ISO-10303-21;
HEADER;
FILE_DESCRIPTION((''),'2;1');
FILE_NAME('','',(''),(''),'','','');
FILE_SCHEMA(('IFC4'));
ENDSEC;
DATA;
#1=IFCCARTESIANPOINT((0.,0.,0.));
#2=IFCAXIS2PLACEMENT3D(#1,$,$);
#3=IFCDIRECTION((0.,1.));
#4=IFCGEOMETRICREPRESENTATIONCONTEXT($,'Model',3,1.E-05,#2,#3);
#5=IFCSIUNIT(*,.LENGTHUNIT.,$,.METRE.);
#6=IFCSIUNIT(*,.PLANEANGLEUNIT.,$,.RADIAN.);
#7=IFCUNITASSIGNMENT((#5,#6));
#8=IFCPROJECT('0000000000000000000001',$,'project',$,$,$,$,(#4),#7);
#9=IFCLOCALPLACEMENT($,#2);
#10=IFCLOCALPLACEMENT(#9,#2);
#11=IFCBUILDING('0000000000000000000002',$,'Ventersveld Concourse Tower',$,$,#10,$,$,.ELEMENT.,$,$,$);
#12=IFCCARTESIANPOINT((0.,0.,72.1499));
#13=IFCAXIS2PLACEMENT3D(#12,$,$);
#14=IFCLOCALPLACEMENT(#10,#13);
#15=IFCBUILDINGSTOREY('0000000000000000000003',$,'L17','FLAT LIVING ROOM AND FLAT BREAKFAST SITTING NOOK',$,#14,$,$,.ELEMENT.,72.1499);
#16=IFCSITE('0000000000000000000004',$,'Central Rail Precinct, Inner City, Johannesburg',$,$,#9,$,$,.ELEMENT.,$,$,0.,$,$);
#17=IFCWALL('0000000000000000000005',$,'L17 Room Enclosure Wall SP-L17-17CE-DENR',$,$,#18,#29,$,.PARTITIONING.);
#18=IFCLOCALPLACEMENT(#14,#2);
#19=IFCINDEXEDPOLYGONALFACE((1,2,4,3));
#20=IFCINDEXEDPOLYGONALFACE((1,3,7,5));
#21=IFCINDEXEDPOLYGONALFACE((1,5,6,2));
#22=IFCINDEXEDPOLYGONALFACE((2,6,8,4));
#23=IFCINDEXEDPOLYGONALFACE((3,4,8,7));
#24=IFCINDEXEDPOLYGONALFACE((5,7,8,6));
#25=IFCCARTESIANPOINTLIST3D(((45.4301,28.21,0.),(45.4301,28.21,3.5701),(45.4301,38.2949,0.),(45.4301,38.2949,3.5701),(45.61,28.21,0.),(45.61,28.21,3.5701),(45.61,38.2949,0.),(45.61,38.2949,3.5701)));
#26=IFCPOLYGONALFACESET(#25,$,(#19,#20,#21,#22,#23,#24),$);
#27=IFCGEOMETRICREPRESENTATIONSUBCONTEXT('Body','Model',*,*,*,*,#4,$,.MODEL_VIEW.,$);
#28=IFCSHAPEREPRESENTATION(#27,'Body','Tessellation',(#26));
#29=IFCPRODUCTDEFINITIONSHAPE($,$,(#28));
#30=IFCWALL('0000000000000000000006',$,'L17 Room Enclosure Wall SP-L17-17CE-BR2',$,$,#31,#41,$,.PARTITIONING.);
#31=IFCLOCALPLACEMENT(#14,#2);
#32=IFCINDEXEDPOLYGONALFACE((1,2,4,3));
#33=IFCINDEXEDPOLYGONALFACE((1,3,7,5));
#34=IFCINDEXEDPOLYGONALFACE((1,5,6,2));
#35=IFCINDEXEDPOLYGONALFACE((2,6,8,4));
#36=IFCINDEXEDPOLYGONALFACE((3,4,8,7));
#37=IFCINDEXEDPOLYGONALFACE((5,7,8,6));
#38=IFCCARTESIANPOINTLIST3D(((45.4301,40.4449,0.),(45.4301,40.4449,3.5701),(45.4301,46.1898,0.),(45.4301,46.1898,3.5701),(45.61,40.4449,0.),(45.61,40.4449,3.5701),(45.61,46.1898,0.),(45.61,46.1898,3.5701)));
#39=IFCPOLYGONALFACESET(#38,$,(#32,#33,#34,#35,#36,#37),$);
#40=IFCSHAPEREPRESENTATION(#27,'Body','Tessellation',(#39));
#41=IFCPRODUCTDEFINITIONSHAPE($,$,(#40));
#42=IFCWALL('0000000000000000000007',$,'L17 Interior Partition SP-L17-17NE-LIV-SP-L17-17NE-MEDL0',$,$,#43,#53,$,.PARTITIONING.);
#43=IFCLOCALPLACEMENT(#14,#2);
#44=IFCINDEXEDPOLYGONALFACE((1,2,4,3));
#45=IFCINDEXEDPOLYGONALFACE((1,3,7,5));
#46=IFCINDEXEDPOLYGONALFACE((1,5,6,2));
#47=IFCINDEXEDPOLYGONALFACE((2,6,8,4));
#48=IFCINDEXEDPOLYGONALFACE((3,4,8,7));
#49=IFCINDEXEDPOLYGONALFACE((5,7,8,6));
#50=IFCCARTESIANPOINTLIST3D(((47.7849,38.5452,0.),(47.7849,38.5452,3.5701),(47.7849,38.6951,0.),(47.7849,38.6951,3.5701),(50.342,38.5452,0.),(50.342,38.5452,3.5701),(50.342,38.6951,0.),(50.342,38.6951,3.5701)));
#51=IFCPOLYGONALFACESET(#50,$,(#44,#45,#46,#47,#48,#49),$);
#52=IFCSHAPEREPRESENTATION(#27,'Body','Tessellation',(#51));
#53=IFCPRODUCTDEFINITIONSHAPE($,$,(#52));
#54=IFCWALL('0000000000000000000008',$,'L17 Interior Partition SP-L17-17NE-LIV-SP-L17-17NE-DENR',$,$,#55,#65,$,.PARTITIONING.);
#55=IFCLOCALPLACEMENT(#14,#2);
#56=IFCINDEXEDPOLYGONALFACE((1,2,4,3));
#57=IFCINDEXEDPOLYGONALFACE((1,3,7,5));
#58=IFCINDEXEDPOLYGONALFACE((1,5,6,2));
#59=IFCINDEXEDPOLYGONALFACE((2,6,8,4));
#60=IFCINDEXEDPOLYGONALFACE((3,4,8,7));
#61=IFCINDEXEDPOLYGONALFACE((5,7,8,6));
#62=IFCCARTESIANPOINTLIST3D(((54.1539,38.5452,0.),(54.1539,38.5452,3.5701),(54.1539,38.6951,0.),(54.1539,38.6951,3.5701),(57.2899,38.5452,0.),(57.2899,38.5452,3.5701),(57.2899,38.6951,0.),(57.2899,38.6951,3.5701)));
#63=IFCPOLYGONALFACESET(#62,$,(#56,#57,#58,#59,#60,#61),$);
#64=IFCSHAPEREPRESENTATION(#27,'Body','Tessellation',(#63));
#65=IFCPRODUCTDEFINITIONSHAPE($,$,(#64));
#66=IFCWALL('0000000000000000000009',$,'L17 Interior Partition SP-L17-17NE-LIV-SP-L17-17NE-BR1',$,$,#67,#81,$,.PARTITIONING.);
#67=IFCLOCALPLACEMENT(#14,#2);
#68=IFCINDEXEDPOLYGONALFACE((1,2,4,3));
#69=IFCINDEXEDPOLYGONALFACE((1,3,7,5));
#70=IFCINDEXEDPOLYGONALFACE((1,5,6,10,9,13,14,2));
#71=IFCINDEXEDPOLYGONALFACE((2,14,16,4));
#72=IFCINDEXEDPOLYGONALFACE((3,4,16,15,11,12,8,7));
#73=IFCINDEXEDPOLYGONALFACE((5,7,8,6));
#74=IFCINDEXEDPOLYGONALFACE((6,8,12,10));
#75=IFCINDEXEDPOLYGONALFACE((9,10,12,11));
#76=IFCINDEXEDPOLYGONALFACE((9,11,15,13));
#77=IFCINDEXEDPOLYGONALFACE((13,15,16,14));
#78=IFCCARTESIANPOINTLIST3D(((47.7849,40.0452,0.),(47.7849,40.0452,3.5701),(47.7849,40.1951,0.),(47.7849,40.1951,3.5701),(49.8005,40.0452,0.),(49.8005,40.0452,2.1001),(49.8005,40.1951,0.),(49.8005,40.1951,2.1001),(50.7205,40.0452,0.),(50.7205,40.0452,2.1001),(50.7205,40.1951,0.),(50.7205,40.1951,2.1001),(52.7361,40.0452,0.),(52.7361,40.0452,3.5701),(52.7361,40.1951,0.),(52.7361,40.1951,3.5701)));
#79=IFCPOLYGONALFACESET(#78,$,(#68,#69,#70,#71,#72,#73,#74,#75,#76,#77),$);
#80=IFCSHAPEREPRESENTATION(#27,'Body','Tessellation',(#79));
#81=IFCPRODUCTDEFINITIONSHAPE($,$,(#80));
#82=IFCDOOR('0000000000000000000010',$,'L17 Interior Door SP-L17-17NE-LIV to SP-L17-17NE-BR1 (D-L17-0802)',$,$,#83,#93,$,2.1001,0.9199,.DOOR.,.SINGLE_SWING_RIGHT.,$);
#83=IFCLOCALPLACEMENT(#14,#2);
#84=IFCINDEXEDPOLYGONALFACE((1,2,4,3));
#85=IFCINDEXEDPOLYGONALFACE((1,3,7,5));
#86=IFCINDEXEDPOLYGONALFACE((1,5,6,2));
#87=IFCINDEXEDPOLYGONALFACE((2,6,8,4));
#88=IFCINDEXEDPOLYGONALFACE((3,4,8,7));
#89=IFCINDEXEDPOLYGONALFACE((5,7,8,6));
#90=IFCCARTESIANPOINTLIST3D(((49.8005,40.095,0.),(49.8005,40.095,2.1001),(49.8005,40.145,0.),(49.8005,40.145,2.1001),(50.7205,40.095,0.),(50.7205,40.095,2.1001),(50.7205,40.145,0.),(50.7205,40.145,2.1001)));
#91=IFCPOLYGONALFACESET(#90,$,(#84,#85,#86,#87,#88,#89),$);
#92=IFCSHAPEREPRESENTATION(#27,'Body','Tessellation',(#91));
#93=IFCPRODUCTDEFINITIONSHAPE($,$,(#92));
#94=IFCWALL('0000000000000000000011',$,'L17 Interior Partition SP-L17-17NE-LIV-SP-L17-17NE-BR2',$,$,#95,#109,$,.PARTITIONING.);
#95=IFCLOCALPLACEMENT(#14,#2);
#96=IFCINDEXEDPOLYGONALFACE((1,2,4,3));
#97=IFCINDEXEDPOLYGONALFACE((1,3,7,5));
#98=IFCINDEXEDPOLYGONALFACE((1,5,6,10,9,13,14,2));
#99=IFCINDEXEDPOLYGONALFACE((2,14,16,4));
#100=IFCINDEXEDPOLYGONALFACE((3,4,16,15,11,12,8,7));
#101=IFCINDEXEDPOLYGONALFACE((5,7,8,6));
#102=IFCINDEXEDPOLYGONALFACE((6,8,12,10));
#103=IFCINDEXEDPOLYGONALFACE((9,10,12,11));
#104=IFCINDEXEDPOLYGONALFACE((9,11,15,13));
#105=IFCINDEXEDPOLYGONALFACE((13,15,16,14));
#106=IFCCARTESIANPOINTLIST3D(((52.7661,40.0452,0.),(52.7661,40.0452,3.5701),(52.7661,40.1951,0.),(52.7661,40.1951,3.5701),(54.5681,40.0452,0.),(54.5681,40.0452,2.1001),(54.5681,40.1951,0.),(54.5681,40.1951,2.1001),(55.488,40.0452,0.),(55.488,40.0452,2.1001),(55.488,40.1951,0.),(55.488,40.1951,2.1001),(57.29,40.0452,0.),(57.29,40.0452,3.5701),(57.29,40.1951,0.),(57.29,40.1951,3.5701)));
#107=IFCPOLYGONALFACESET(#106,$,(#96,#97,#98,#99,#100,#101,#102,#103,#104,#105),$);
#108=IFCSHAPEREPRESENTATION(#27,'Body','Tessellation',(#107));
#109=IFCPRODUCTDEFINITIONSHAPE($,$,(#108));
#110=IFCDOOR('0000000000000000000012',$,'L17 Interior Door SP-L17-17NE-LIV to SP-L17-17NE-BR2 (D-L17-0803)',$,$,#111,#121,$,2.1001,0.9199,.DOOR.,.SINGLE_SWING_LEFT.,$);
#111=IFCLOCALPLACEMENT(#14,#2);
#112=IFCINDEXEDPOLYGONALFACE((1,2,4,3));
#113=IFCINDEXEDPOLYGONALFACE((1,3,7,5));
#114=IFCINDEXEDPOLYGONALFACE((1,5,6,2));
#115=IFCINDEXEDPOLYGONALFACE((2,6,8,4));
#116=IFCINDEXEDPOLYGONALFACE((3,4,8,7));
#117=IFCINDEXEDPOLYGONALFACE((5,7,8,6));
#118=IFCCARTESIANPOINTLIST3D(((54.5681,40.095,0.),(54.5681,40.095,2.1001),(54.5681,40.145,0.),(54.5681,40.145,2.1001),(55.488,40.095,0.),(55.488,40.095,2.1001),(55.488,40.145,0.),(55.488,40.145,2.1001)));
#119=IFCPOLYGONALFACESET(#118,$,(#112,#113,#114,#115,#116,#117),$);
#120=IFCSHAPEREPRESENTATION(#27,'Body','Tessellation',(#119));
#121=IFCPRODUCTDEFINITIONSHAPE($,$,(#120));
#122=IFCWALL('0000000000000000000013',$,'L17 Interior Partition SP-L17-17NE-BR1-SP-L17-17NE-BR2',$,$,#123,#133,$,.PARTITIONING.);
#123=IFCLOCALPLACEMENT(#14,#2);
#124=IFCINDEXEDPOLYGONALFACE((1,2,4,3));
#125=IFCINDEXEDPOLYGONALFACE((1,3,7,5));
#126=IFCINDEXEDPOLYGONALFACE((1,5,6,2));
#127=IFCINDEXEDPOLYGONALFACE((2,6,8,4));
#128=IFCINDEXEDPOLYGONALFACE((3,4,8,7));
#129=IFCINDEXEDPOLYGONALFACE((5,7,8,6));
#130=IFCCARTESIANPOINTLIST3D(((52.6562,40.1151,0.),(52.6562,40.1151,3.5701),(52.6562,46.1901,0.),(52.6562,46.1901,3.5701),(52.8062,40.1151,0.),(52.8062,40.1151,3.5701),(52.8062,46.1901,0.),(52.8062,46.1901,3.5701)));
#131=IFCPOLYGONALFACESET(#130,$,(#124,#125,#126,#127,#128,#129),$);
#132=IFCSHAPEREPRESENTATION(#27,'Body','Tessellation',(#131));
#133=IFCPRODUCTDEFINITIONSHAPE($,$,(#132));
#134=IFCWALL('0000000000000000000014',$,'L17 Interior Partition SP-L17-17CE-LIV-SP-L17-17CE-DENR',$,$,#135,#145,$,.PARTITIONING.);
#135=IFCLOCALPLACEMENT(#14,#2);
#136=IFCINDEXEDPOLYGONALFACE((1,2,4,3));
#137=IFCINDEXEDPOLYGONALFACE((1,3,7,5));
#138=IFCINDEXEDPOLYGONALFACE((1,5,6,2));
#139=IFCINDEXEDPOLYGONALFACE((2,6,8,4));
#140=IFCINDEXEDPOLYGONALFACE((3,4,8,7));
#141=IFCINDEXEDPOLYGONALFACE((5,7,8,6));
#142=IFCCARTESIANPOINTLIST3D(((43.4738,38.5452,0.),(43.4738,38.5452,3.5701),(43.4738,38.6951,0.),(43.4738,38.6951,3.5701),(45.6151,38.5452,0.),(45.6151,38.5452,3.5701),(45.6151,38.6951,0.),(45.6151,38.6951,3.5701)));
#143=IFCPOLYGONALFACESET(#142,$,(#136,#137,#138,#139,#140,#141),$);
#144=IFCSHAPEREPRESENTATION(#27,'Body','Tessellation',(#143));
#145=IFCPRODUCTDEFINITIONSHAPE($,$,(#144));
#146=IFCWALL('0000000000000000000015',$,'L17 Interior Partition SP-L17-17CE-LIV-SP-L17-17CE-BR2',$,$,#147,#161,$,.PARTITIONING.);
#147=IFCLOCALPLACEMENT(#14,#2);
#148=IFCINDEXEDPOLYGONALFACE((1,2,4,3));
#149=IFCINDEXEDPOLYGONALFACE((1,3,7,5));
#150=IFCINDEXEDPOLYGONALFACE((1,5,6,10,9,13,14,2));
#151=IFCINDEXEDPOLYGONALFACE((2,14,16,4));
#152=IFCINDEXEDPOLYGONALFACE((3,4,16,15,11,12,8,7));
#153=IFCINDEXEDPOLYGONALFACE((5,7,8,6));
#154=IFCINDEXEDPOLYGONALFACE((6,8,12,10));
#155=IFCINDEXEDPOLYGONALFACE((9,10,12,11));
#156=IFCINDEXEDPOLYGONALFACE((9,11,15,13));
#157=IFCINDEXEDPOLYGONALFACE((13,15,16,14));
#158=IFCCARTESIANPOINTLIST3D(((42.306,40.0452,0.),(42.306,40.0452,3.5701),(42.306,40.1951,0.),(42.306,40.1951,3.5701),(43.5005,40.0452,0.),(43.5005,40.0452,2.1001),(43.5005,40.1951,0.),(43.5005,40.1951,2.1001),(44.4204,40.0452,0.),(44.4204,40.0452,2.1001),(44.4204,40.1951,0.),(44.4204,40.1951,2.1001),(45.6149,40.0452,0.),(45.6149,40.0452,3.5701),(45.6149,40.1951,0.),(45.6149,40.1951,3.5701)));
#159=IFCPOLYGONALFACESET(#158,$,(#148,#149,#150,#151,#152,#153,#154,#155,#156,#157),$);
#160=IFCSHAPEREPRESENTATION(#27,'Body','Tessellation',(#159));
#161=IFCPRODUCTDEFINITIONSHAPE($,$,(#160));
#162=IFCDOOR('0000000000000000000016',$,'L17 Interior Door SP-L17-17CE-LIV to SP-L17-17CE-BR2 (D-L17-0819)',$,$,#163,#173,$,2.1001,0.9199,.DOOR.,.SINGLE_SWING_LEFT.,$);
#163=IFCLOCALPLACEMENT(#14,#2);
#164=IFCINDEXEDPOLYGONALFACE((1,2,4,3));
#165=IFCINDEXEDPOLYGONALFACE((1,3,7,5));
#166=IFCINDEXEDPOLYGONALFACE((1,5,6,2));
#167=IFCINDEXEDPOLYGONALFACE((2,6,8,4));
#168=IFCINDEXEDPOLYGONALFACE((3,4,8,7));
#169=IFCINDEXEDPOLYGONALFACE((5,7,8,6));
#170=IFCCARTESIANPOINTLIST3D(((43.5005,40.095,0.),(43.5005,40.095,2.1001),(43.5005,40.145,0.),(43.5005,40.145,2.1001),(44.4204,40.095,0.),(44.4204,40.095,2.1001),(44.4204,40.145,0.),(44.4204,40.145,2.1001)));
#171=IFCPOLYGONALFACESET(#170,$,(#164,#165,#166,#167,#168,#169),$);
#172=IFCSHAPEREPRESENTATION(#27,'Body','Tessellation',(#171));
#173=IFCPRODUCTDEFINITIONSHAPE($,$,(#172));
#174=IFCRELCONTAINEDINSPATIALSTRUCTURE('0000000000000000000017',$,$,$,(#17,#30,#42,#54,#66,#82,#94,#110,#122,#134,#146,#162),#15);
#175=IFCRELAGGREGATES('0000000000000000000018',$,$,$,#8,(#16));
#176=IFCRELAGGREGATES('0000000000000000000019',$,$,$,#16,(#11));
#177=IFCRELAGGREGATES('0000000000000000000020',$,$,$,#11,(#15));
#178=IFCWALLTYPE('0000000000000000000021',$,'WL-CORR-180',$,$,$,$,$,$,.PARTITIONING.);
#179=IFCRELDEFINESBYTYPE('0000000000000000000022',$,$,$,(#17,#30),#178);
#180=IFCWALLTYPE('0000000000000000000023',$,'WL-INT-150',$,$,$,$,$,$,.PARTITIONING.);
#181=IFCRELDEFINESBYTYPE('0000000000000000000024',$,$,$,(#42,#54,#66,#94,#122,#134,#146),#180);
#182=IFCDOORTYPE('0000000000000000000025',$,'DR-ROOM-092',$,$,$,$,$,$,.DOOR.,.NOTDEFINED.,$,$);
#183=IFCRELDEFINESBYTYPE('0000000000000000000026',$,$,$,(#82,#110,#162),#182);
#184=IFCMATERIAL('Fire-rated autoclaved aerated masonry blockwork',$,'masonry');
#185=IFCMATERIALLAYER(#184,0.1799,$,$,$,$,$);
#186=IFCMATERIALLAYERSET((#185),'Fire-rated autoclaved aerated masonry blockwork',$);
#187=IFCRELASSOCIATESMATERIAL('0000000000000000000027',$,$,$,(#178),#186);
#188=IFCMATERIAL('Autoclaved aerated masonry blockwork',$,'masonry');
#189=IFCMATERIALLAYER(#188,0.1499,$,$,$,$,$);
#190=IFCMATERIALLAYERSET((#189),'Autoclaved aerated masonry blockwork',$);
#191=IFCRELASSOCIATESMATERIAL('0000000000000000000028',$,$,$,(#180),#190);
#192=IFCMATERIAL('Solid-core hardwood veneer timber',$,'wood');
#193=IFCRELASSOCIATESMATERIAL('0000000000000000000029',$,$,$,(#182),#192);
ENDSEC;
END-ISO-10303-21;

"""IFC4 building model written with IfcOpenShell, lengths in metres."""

from ifc_helpers import new_model, si_unit, direction, frame, frame_2d, origin, place, context, subcontext, project, spatial, rectangle, extrude, material, layer, layer_set, type_object, element, fill, save


model = new_model("IFC4")

# Units and contexts
model_context = context("Model", 3, precision=1e-05, world=origin(), true_north=direction((0.0, 1.0)))
body_context = subcontext(model_context, "Body", "Model", "MODEL_VIEW")
ifc_project = project(units=[si_unit("LENGTHUNIT", "METRE"), si_unit("PLANEANGLEUNIT", "RADIAN")], contexts=[model_context])

# Site, building, storey
site_placement = place(None, origin())
site = spatial("IfcSite", under=ifc_project, at=site_placement, Name="Central Rail Precinct, Inner City, Johannesburg", CompositionType="ELEMENT", RefElevation=0.0)
building_placement = place(site_placement, origin())
building = spatial("IfcBuilding", under=site, at=building_placement, Name="Ventersveld Concourse Tower", CompositionType="ELEMENT")
storey_placement = place(building_placement, frame((0.0, 0.0, 72.1499)))
storey = spatial("IfcBuildingStorey", under=building, at=storey_placement, Name="L17", Description="FLAT LIVING ROOM AND FLAT BREAKFAST SITTING NOOK", CompositionType="ELEMENT", Elevation=72.1499)

# Walls
ifc_material_1 = material(Name="Fire-rated autoclaved aerated masonry blockwork", Category="masonry")
ifc_layer_1 = layer(ifc_material_1, 0.1799)
ifc_layer_set_1 = layer_set([ifc_layer_1], Name="Fire-rated autoclaved aerated masonry blockwork")
wall_type_1 = type_object("IfcWallType", Name="WL-CORR-180", PredefinedType="PARTITIONING", material=ifc_layer_set_1)
wall_1_placement = place(storey_placement, frame((45.52, 38.2949, 0.0), z_axis=(0.0, 0.0, 1.0), x_axis=(0.0, -1.0, 0.0)))
element("IfcWall", 1, at=wall_1_placement, inside=storey, type_object=wall_type_1, Name="L17 Room Enclosure Wall SP-L17-17CE-DENR", PredefinedType="PARTITIONING", context=body_context, shape_type="SweptSolid", body=[
    extrude(rectangle(XDim=10.085, YDim=0.1799, at=frame_2d((5.0425, 0.0))), origin(), (0.0, 0.0, 1.0), 3.5701),
])
wall_2_placement = place(storey_placement, frame((45.52, 46.1899, 0.0), z_axis=(0.0, 0.0, 1.0), x_axis=(0.0, -1.0, 0.0)))
element("IfcWall", 2, at=wall_2_placement, inside=storey, type_object=wall_type_1, Name="L17 Room Enclosure Wall SP-L17-17CE-BR2", PredefinedType="PARTITIONING", context=body_context, shape_type="SweptSolid", body=[
    extrude(rectangle(XDim=5.7449, YDim=0.1799, at=frame_2d((2.8726, 0.0))), origin(), (0.0, 0.0, 1.0), 3.5701),
])
ifc_material_2 = material(Name="Autoclaved aerated masonry blockwork", Category="masonry")
ifc_layer_2 = layer(ifc_material_2, 0.1499)
ifc_layer_set_2 = layer_set([ifc_layer_2], Name="Autoclaved aerated masonry blockwork")
wall_type_2 = type_object("IfcWallType", Name="WL-INT-150", PredefinedType="PARTITIONING", material=ifc_layer_set_2)
wall_3_placement = place(storey_placement, frame((47.7849, 38.6201, 0.0), z_axis=(0.0, 0.0, 1.0), x_axis=(1.0, 0.0, 0.0)))
element("IfcWall", 3, at=wall_3_placement, inside=storey, type_object=wall_type_2, Name="L17 Interior Partition SP-L17-17NE-LIV-SP-L17-17NE-MEDL0", PredefinedType="PARTITIONING", context=body_context, shape_type="SweptSolid", body=[
    extrude(rectangle(XDim=2.5571, YDim=0.1499, at=frame_2d((1.2786, 0.0))), origin(), (0.0, 0.0, 1.0), 3.5701),
])
wall_4_placement = place(storey_placement, frame((54.1541, 38.6201, 0.0), z_axis=(0.0, 0.0, 1.0), x_axis=(1.0, 0.0, 0.0)))
element("IfcWall", 4, at=wall_4_placement, inside=storey, type_object=wall_type_2, Name="L17 Interior Partition SP-L17-17NE-LIV-SP-L17-17NE-DENR", PredefinedType="PARTITIONING", context=body_context, shape_type="SweptSolid", body=[
    extrude(rectangle(XDim=3.136, YDim=0.1499, at=frame_2d((1.5679, 0.0))), origin(), (0.0, 0.0, 1.0), 3.5701),
])

# Walls, openings, doors
wall_5_placement = place(storey_placement, frame((47.7849, 40.1201, 0.0), z_axis=(0.0, 0.0, 1.0), x_axis=(1.0, 0.0, 0.0)))
wall_5 = element("IfcWall", 5, at=wall_5_placement, inside=storey, type_object=wall_type_2, Name="L17 Interior Partition SP-L17-17NE-LIV-SP-L17-17NE-BR1", PredefinedType="PARTITIONING", context=body_context, shape_type="SweptSolid", body=[
    extrude(rectangle(XDim=4.9512, YDim=0.1499, at=frame_2d((2.4756, 0.0))), origin(), (0.0, 0.0, 1.0), 3.5701),
])
opening_1_placement = place(wall_5_placement, frame((2.0156, 0.0, 0.0)))
opening_1 = element("IfcOpeningElement", 6, at=opening_1_placement, cuts=wall_5, PredefinedType="OPENING", context=body_context, shape_type="SweptSolid", body=[
    extrude(rectangle(XDim=0.9199, YDim=2.1001, at=frame_2d((0.46, 1.05))), frame((0.0, 0.085, 0.0), z_axis=(0.0, -1.0, 0.0), x_axis=(1.0, 0.0, 0.0)), (0.0, 0.0, 1.0), 0.1699),
])
ifc_material_3 = material(Name="Solid-core hardwood veneer timber", Category="wood")
door_type = type_object("IfcDoorType", Name="DR-ROOM-092", OperationType="NOTDEFINED", PredefinedType="DOOR", material=ifc_material_3)
door_1_placement = place(opening_1_placement, origin())
door_1 = element("IfcDoor", 7, at=door_1_placement, inside=storey, type_object=door_type, Name="L17 Interior Door SP-L17-17NE-LIV to SP-L17-17NE-BR1 (D-L17-0802)", OperationType="SINGLE_SWING_RIGHT", OverallHeight=2.1001, OverallWidth=0.9199, PredefinedType="DOOR", context=body_context, shape_type="SweptSolid", body=[
    extrude(rectangle(XDim=0.9199, YDim=2.1001, at=frame_2d((0.46, 1.05))), frame((0.0, 0.0249, 0.0), z_axis=(0.0, -1.0, 0.0), x_axis=(1.0, 0.0, 0.0)), (0.0, 0.0, 1.0), 0.05),
])
fill(opening_1, door_1)
wall_6_placement = place(storey_placement, frame((52.7661, 40.1201, 0.0), z_axis=(0.0, 0.0, 1.0), x_axis=(1.0, 0.0, 0.0)))
wall_6 = element("IfcWall", 8, at=wall_6_placement, inside=storey, type_object=wall_type_2, Name="L17 Interior Partition SP-L17-17NE-LIV-SP-L17-17NE-BR2", PredefinedType="PARTITIONING", context=body_context, shape_type="SweptSolid", body=[
    extrude(rectangle(XDim=4.5239, YDim=0.1499, at=frame_2d((2.262, 0.0))), origin(), (0.0, 0.0, 1.0), 3.5701),
])
opening_2_placement = place(wall_6_placement, frame((1.802, 0.0, 0.0)))
opening_2 = element("IfcOpeningElement", 9, at=opening_2_placement, cuts=wall_6, PredefinedType="OPENING", context=body_context, shape_type="SweptSolid", body=[
    extrude(rectangle(XDim=0.9199, YDim=2.1001, at=frame_2d((0.46, 1.05))), frame((0.0, 0.085, 0.0), z_axis=(0.0, -1.0, 0.0), x_axis=(1.0, 0.0, 0.0)), (0.0, 0.0, 1.0), 0.1699),
])
door_2_placement = place(opening_2_placement, origin())
door_2 = element("IfcDoor", 10, at=door_2_placement, inside=storey, type_object=door_type, Name="L17 Interior Door SP-L17-17NE-LIV to SP-L17-17NE-BR2 (D-L17-0803)", OperationType="SINGLE_SWING_LEFT", OverallHeight=2.1001, OverallWidth=0.9199, PredefinedType="DOOR", context=body_context, shape_type="SweptSolid", body=[
    extrude(rectangle(XDim=0.9199, YDim=2.1001, at=frame_2d((0.46, 1.05))), frame((0.0, 0.0249, 0.0), z_axis=(0.0, -1.0, 0.0), x_axis=(1.0, 0.0, 0.0)), (0.0, 0.0, 1.0), 0.05),
])
fill(opening_2, door_2)

# Walls
wall_7_placement = place(storey_placement, frame((52.7312, 40.115, 0.0), z_axis=(0.0, 0.0, 1.0), x_axis=(0.0, 1.0, 0.0)))
element("IfcWall", 11, at=wall_7_placement, inside=storey, type_object=wall_type_2, Name="L17 Interior Partition SP-L17-17NE-BR1-SP-L17-17NE-BR2", PredefinedType="PARTITIONING", context=body_context, shape_type="SweptSolid", body=[
    extrude(rectangle(XDim=6.075, YDim=0.1499, at=frame_2d((3.0376, 0.0))), origin(), (0.0, 0.0, 1.0), 3.5701),
])
wall_8_placement = place(storey_placement, frame((43.4736, 38.6201, 0.0), z_axis=(0.0, 0.0, 1.0), x_axis=(1.0, 0.0, 0.0)))
element("IfcWall", 12, at=wall_8_placement, inside=storey, type_object=wall_type_2, Name="L17 Interior Partition SP-L17-17CE-LIV-SP-L17-17CE-DENR", PredefinedType="PARTITIONING", context=body_context, shape_type="SweptSolid", body=[
    extrude(rectangle(XDim=2.1414, YDim=0.1499, at=frame_2d((1.0708, 0.0))), origin(), (0.0, 0.0, 1.0), 3.5701),
])

# Wall, opening, door
wall_9_placement = place(storey_placement, frame((42.3062, 40.1201, 0.0), z_axis=(0.0, 0.0, 1.0), x_axis=(1.0, 0.0, 0.0)))
wall_9 = element("IfcWall", 13, at=wall_9_placement, inside=storey, type_object=wall_type_2, Name="L17 Interior Partition SP-L17-17CE-LIV-SP-L17-17CE-BR2", PredefinedType="PARTITIONING", context=body_context, shape_type="SweptSolid", body=[
    extrude(rectangle(XDim=3.3088, YDim=0.1499, at=frame_2d((1.6543, 0.0))), origin(), (0.0, 0.0, 1.0), 3.5701),
])
opening_3_placement = place(wall_9_placement, frame((1.1943, 0.0, 0.0)))
opening_3 = element("IfcOpeningElement", 14, at=opening_3_placement, cuts=wall_9, PredefinedType="OPENING", context=body_context, shape_type="SweptSolid", body=[
    extrude(rectangle(XDim=0.9199, YDim=2.1001, at=frame_2d((0.46, 1.05))), frame((0.0, 0.085, 0.0), z_axis=(0.0, -1.0, 0.0), x_axis=(1.0, 0.0, 0.0)), (0.0, 0.0, 1.0), 0.1699),
])
door_3_placement = place(opening_3_placement, origin())
door_3 = element("IfcDoor", 15, at=door_3_placement, inside=storey, type_object=door_type, Name="L17 Interior Door SP-L17-17CE-LIV to SP-L17-17CE-BR2 (D-L17-0819)", OperationType="SINGLE_SWING_LEFT", OverallHeight=2.1001, OverallWidth=0.9199, PredefinedType="DOOR", context=body_context, shape_type="SweptSolid", body=[
    extrude(rectangle(XDim=0.9199, YDim=2.1001, at=frame_2d((0.46, 1.05))), frame((0.0, 0.0249, 0.0), z_axis=(0.0, -1.0, 0.0), x_axis=(1.0, 0.0, 0.0)), (0.0, 0.0, 1.0), 0.05),
])
fill(opening_3, door_3)

save(model, "model.ifc")
